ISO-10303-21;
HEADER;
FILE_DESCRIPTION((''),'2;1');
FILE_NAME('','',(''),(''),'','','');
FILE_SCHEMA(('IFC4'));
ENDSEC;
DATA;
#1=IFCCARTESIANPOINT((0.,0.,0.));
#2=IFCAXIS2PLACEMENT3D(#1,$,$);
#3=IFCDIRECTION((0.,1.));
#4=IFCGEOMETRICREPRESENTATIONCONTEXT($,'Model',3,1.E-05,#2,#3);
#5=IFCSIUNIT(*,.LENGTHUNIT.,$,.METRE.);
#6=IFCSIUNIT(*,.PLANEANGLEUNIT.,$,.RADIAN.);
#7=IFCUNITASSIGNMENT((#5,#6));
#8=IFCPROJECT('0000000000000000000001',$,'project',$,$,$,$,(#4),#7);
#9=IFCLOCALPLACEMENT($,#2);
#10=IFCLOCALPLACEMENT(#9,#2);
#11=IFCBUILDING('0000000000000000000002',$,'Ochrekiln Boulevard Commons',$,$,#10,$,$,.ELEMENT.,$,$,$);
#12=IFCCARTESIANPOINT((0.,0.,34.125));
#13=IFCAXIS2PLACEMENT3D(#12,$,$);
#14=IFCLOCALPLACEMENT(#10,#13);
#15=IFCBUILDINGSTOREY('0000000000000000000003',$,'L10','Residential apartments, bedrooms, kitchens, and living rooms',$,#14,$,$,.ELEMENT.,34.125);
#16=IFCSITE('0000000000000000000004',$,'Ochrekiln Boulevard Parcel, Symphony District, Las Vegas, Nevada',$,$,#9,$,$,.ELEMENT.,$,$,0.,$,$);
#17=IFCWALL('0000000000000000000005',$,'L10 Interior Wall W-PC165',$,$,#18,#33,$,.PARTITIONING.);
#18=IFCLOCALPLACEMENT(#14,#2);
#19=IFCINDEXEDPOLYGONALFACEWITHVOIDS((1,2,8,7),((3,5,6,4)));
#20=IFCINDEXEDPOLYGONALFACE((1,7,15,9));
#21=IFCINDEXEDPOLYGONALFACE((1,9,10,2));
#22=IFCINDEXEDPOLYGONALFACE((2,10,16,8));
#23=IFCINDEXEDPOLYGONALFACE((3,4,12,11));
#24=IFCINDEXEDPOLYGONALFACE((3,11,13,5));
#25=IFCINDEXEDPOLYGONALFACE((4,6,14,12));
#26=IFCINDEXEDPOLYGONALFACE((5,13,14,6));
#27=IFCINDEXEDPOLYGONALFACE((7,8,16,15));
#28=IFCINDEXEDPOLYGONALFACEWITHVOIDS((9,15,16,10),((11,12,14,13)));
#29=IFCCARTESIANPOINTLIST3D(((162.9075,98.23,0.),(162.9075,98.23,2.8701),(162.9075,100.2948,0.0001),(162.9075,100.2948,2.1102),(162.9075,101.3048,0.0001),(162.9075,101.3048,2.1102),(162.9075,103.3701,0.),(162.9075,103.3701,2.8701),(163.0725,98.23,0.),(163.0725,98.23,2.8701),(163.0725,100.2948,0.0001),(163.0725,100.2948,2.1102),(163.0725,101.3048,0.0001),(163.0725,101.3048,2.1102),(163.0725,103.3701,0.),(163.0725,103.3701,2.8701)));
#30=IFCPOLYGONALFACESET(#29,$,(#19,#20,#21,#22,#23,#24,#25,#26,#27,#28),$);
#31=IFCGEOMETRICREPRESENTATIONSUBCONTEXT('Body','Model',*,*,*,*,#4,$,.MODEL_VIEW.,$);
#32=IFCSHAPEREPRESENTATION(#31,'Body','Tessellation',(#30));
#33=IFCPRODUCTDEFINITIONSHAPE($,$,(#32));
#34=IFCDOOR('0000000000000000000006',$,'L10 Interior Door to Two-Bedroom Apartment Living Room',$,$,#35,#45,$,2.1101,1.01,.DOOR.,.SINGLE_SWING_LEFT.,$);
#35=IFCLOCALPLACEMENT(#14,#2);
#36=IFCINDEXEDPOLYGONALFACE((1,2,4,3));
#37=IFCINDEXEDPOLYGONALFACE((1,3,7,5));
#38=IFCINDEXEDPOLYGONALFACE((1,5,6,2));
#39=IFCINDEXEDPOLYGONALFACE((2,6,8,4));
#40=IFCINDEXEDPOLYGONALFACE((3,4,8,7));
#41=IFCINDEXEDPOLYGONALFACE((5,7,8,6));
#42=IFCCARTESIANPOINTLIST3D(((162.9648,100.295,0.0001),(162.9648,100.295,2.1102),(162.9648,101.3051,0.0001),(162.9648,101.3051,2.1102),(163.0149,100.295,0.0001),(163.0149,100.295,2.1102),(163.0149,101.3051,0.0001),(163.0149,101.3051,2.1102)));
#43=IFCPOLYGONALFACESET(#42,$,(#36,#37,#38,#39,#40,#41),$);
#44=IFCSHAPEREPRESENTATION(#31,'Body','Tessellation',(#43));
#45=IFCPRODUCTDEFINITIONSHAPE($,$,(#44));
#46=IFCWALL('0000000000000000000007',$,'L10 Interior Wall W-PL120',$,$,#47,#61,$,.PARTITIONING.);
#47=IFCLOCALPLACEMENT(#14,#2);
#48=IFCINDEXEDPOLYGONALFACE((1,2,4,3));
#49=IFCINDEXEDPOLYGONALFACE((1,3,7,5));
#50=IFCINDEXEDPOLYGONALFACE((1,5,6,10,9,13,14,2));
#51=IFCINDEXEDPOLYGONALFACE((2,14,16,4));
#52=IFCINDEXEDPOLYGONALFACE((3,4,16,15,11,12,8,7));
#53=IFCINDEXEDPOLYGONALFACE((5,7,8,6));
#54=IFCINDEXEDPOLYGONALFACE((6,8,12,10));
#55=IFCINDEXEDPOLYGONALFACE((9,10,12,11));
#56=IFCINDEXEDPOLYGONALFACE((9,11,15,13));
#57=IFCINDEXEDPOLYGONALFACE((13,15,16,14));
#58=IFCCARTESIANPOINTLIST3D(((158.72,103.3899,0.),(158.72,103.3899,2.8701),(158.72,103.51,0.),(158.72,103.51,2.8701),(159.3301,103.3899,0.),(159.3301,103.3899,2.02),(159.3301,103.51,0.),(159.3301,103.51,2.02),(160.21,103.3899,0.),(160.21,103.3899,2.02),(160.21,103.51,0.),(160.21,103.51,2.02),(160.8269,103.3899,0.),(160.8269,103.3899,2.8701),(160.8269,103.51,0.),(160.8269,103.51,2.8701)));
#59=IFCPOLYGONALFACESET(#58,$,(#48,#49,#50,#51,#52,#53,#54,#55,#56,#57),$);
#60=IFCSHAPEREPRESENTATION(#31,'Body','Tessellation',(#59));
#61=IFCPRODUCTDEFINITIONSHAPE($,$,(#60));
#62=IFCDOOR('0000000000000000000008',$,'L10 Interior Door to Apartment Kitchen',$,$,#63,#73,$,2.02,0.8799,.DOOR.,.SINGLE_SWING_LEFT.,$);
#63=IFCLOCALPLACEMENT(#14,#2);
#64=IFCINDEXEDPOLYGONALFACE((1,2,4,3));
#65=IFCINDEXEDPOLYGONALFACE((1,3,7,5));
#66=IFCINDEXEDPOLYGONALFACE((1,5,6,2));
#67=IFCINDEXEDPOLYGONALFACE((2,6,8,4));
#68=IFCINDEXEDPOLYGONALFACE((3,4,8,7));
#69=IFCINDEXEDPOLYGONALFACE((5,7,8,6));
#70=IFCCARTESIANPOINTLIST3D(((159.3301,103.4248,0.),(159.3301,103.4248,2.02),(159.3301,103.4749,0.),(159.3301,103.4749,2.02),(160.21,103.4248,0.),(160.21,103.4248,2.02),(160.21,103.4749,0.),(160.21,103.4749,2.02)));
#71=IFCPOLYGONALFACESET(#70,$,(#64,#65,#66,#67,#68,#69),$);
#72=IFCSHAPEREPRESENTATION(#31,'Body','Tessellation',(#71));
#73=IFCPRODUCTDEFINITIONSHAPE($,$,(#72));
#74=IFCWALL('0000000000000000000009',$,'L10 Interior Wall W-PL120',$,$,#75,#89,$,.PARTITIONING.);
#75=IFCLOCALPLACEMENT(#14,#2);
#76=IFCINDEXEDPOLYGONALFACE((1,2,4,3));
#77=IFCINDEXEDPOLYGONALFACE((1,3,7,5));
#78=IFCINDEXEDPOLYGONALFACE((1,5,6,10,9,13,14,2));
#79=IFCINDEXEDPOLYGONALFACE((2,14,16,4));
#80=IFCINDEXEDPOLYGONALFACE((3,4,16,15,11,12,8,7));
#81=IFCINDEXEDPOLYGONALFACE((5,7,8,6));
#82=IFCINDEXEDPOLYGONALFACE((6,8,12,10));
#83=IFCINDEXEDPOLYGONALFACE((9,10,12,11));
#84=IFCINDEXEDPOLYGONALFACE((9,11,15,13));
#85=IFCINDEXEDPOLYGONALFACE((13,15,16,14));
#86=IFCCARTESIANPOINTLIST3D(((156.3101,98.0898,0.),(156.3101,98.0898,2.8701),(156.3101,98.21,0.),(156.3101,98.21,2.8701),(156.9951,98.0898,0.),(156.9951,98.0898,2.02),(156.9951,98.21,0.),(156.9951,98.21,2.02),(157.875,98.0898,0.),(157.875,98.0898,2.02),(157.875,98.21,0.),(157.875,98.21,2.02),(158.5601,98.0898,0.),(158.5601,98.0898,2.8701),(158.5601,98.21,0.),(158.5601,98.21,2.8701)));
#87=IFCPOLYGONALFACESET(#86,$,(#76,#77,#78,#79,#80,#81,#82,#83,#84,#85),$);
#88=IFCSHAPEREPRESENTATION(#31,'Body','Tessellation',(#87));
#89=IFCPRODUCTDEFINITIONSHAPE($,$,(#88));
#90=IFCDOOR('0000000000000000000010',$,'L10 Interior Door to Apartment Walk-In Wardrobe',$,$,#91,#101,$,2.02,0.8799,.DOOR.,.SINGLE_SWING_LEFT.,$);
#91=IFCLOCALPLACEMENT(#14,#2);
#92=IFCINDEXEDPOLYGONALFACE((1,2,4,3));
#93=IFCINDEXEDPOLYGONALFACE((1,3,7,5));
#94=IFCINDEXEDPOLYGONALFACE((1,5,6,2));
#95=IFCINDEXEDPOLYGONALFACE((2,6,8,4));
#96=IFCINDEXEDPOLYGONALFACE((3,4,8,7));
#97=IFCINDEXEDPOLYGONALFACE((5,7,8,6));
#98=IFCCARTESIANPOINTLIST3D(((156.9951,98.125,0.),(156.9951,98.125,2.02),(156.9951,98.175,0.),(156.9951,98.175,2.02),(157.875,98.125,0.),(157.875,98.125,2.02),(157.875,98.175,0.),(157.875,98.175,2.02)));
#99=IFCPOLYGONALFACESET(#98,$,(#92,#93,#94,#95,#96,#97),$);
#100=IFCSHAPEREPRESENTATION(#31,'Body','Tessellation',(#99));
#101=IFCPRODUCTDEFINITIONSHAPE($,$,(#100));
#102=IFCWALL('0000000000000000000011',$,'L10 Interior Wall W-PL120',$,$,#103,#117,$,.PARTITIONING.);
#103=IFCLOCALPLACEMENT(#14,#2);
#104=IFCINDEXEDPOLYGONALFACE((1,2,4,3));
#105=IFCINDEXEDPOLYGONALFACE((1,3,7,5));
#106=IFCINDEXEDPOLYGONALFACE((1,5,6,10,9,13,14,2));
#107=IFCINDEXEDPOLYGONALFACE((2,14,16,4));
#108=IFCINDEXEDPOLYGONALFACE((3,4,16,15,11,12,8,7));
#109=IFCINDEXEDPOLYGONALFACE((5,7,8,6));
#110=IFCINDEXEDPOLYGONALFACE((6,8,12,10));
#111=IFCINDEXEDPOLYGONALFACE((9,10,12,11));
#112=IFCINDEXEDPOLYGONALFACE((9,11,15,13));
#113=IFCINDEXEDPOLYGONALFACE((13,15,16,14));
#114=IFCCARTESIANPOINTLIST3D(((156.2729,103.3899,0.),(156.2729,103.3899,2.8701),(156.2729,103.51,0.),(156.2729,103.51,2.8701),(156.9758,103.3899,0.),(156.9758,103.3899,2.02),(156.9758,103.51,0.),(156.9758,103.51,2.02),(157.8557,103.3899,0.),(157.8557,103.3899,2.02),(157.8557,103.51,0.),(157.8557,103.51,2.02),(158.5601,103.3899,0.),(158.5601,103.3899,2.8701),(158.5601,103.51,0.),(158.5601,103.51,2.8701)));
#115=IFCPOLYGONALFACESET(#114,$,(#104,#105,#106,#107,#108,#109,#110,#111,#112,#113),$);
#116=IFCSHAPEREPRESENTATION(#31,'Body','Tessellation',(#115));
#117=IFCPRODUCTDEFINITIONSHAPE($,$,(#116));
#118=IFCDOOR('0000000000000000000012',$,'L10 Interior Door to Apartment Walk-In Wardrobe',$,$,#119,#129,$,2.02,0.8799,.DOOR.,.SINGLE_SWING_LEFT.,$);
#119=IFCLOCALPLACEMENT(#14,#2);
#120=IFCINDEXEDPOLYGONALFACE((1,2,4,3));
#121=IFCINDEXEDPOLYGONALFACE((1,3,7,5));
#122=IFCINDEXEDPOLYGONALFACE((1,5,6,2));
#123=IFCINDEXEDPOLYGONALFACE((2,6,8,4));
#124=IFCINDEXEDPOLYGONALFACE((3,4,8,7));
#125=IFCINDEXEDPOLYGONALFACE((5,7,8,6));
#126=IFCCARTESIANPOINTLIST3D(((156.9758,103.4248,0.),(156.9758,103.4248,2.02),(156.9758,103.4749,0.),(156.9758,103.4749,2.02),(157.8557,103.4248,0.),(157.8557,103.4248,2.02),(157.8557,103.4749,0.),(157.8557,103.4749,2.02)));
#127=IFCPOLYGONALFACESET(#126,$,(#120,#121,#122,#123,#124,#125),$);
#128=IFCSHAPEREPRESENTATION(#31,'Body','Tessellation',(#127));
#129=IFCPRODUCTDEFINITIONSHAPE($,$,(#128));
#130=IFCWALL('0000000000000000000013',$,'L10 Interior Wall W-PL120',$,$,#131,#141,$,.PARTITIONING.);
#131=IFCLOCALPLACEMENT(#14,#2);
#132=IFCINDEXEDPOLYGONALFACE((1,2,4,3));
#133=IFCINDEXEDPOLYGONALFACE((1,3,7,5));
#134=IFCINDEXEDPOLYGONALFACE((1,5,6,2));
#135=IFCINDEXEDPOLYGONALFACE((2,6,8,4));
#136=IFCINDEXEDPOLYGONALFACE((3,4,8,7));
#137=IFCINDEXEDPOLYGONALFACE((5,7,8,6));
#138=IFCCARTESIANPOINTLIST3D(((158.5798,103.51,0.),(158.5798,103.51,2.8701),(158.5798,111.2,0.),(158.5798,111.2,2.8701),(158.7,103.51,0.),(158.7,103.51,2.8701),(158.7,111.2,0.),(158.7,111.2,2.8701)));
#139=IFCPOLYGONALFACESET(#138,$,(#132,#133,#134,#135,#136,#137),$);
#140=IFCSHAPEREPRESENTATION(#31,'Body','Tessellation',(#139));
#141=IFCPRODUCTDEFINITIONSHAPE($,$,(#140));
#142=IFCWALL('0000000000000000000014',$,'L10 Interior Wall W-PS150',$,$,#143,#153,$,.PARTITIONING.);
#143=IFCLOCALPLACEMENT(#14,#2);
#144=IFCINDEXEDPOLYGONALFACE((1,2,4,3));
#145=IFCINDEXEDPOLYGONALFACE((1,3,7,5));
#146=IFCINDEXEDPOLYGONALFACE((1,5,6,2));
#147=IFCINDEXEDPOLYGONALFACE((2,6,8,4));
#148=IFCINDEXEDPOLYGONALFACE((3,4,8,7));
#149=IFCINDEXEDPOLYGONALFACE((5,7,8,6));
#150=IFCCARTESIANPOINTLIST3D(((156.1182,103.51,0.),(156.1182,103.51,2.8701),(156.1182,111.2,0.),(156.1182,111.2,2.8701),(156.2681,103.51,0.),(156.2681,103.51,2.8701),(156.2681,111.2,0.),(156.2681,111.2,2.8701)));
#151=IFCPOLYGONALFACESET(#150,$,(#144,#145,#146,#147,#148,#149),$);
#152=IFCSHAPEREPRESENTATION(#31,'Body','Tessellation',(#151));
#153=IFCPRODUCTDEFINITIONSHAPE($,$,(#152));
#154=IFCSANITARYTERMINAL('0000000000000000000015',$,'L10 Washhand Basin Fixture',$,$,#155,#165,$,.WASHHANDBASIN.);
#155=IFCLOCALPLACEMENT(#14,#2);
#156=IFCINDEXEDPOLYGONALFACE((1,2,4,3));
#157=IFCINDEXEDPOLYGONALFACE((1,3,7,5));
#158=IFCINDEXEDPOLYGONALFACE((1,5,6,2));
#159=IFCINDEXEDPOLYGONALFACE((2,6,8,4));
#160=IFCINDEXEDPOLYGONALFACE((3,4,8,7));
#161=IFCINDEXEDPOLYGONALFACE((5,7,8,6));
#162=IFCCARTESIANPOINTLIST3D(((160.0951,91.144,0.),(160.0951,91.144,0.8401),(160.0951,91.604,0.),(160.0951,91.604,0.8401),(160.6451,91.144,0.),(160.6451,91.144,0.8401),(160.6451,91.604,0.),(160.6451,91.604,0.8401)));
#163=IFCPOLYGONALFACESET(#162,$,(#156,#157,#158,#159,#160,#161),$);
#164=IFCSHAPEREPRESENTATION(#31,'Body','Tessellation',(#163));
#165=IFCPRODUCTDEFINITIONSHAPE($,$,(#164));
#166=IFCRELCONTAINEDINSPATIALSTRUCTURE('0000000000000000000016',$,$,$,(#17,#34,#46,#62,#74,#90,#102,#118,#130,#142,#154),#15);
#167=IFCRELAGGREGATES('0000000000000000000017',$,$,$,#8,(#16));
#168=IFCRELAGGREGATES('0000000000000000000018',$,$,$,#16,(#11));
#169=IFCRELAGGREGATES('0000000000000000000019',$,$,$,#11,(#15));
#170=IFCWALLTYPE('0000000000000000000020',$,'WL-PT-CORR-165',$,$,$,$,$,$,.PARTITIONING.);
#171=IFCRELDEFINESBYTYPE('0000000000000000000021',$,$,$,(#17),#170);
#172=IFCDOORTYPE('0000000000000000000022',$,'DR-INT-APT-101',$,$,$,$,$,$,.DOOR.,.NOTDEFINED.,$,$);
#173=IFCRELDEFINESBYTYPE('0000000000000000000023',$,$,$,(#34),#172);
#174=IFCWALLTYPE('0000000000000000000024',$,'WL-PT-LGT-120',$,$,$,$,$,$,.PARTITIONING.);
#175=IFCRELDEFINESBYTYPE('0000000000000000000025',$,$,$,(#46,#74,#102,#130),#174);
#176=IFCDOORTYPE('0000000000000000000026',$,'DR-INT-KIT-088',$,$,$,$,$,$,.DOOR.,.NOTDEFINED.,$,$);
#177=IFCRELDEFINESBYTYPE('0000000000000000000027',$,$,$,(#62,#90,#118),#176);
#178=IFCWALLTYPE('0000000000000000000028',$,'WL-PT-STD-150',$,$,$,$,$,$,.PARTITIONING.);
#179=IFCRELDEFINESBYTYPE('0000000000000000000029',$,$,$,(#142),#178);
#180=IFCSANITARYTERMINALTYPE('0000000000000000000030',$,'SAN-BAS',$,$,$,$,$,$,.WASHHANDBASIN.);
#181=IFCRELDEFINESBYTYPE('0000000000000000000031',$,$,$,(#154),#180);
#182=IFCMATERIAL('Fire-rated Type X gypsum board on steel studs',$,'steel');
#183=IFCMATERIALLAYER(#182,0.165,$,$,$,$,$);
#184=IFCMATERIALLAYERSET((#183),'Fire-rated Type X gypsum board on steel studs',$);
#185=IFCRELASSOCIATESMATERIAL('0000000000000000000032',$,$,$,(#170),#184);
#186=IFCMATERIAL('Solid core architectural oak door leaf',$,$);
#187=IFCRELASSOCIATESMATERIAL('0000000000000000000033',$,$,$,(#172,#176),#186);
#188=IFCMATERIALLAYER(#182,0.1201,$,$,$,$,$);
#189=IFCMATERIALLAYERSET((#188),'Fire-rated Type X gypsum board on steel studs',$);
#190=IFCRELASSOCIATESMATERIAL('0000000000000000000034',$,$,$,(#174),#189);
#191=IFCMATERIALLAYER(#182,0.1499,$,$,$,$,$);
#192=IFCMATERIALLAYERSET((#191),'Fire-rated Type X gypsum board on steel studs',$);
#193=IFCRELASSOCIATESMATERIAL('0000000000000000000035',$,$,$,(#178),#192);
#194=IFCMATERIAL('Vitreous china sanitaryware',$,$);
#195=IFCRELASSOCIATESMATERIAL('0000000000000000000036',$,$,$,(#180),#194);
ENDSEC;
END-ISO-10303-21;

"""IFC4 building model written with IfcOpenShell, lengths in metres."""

from ifc_helpers import new_model, si_unit, direction, frame, frame_2d, origin, origin_2d, place, context, subcontext, project, spatial, rectangle, extrude, material, layer, layer_set, type_object, element, fill, save


model = new_model("IFC4")

# Units and contexts
model_context = context("Model", 3, precision=1e-05, world=origin(), true_north=direction((0.0, 1.0)))
body_context = subcontext(model_context, "Body", "Model", "MODEL_VIEW")
ifc_project = project(units=[si_unit("LENGTHUNIT", "METRE"), si_unit("PLANEANGLEUNIT", "RADIAN")], contexts=[model_context])

# Site, building, storey
site_placement = place(None, origin())
site = spatial("IfcSite", under=ifc_project, at=site_placement, Name="Ochrekiln Boulevard Parcel, Symphony District, Las Vegas, Nevada", CompositionType="ELEMENT", RefElevation=0.0)
building_placement = place(site_placement, origin())
building = spatial("IfcBuilding", under=site, at=building_placement, Name="Ochrekiln Boulevard Commons", CompositionType="ELEMENT")
storey_placement = place(building_placement, frame((0.0, 0.0, 34.125)))
storey = spatial("IfcBuildingStorey", under=building, at=storey_placement, Name="L10", Description="Residential apartments, bedrooms, kitchens, and living rooms", CompositionType="ELEMENT", Elevation=34.125)

# Shared definitions
ifc_material_1 = material(Name="Solid core architectural oak door leaf")

# Walls, openings, doors
ifc_material_2 = material(Name="Fire-rated Type X gypsum board on steel studs", Category="steel")
ifc_layer_1 = layer(ifc_material_2, 0.165)
ifc_layer_set_1 = layer_set([ifc_layer_1], Name="Fire-rated Type X gypsum board on steel studs")
wall_type_1 = type_object("IfcWallType", Name="WL-PT-CORR-165", PredefinedType="PARTITIONING", material=ifc_layer_set_1)
door_type_1 = type_object("IfcDoorType", Name="DR-INT-APT-101", OperationType="NOTDEFINED", PredefinedType="DOOR", material=ifc_material_1)
wall_1_placement = place(storey_placement, frame((162.99, 98.23, 0.0), z_axis=(0.0, 0.0, 1.0), x_axis=(0.0, 1.0, 0.0)))
wall_1 = element("IfcWall", 1, at=wall_1_placement, inside=storey, type_object=wall_type_1, Name="L10 Interior Wall W-PC165", PredefinedType="PARTITIONING", context=body_context, shape_type="SweptSolid", body=[
    extrude(rectangle(XDim=5.1401, YDim=0.165, at=frame_2d((2.5701, 0.0))), origin(), (0.0, 0.0, 1.0), 2.8701),
])
opening_1_placement = place(wall_1_placement, frame((2.0649, 0.0, 0.0)))
opening_1 = element("IfcOpeningElement", 2, at=opening_1_placement, cuts=wall_1, PredefinedType="OPENING", context=body_context, shape_type="SweptSolid", body=[
    extrude(rectangle(XDim=1.01, YDim=2.1101, at=frame_2d((0.5049, 1.0552))), frame((0.0, 0.0925, 0.0), z_axis=(0.0, -1.0, 0.0), x_axis=(1.0, 0.0, 0.0)), (0.0, 0.0, 1.0), 0.1851),
])
door_1_placement = place(opening_1_placement, frame((1.01, 0.0, 0.0), z_axis=(0.0, 0.0, 1.0), x_axis=(-1.0, 0.0, 0.0)))
door_1 = element("IfcDoor", 3, at=door_1_placement, inside=storey, type_object=door_type_1, Name="L10 Interior Door to Two-Bedroom Apartment Living Room", OperationType="SINGLE_SWING_LEFT", OverallHeight=2.1101, OverallWidth=1.01, PredefinedType="DOOR", context=body_context, shape_type="SweptSolid", body=[
    extrude(rectangle(XDim=1.01, YDim=2.1101, at=frame_2d((0.5049, 1.0552))), frame((0.0, 0.0249, 0.0), z_axis=(0.0, -1.0, 0.0), x_axis=(1.0, 0.0, 0.0)), (0.0, 0.0, 1.0), 0.05),
])
fill(opening_1, door_1)
ifc_layer_2 = layer(ifc_material_2, 0.1201)
ifc_layer_set_2 = layer_set([ifc_layer_2], Name="Fire-rated Type X gypsum board on steel studs")
wall_type_2 = type_object("IfcWallType", Name="WL-PT-LGT-120", PredefinedType="PARTITIONING", material=ifc_layer_set_2)
wall_2_placement = place(storey_placement, frame((158.72, 103.45, 0.0), z_axis=(0.0, 0.0, 1.0), x_axis=(1.0, 0.0, 0.0)))
wall_2 = element("IfcWall", 4, at=wall_2_placement, inside=storey, type_object=wall_type_2, Name="L10 Interior Wall W-PL120", PredefinedType="PARTITIONING", context=body_context, shape_type="SweptSolid", body=[
    extrude(rectangle(XDim=2.1069, YDim=0.1201, at=frame_2d((1.0535, 0.0))), origin(), (0.0, 0.0, 1.0), 2.8701),
])
opening_2_placement = place(wall_2_placement, frame((0.6101, 0.0, 0.0)))
opening_2 = element("IfcOpeningElement", 5, at=opening_2_placement, cuts=wall_2, PredefinedType="OPENING", context=body_context, shape_type="SweptSolid", body=[
    extrude(rectangle(XDim=0.8799, YDim=2.02, at=frame_2d((0.4399, 1.01))), frame((0.0, 0.0701, 0.0), z_axis=(0.0, -1.0, 0.0), x_axis=(1.0, 0.0, 0.0)), (0.0, 0.0, 1.0), 0.1401),
])
door_type_2 = type_object("IfcDoorType", Name="DR-INT-KIT-088", OperationType="NOTDEFINED", PredefinedType="DOOR", material=ifc_material_1)
door_2_placement = place(opening_2_placement, origin())
door_2 = element("IfcDoor", 6, at=door_2_placement, inside=storey, type_object=door_type_2, Name="L10 Interior Door to Apartment Kitchen", OperationType="SINGLE_SWING_LEFT", OverallHeight=2.02, OverallWidth=0.8799, PredefinedType="DOOR", context=body_context, shape_type="SweptSolid", body=[
    extrude(rectangle(XDim=0.8799, YDim=2.02, at=frame_2d((0.4399, 1.01))), frame((0.0, 0.0249, 0.0), z_axis=(0.0, -1.0, 0.0), x_axis=(1.0, 0.0, 0.0)), (0.0, 0.0, 1.0), 0.05),
])
fill(opening_2, door_2)
wall_3_placement = place(storey_placement, frame((156.3101, 98.1499, 0.0), z_axis=(0.0, 0.0, 1.0), x_axis=(1.0, 0.0, 0.0)))
wall_3 = element("IfcWall", 7, at=wall_3_placement, inside=storey, type_object=wall_type_2, Name="L10 Interior Wall W-PL120", PredefinedType="PARTITIONING", context=body_context, shape_type="SweptSolid", body=[
    extrude(rectangle(XDim=2.25, YDim=0.1201, at=frame_2d((1.125, 0.0))), origin(), (0.0, 0.0, 1.0), 2.8701),
])
opening_3_placement = place(wall_3_placement, frame((0.6851, 0.0, 0.0)))
opening_3 = element("IfcOpeningElement", 8, at=opening_3_placement, cuts=wall_3, PredefinedType="OPENING", context=body_context, shape_type="SweptSolid", body=[
    extrude(rectangle(XDim=0.8799, YDim=2.02, at=frame_2d((0.4399, 1.01))), frame((0.0, 0.0701, 0.0), z_axis=(0.0, -1.0, 0.0), x_axis=(1.0, 0.0, 0.0)), (0.0, 0.0, 1.0), 0.1401),
])
door_3_placement = place(opening_3_placement, frame((0.8799, 0.0, 0.0), z_axis=(0.0, 0.0, 1.0), x_axis=(-1.0, 0.0, 0.0)))
door_3 = element("IfcDoor", 9, at=door_3_placement, inside=storey, type_object=door_type_2, Name="L10 Interior Door to Apartment Walk-In Wardrobe", OperationType="SINGLE_SWING_LEFT", OverallHeight=2.02, OverallWidth=0.8799, PredefinedType="DOOR", context=body_context, shape_type="SweptSolid", body=[
    extrude(rectangle(XDim=0.8799, YDim=2.02, at=frame_2d((0.4399, 1.01))), frame((0.0, 0.0249, 0.0), z_axis=(0.0, -1.0, 0.0), x_axis=(1.0, 0.0, 0.0)), (0.0, 0.0, 1.0), 0.05),
])
fill(opening_3, door_3)
wall_4_placement = place(storey_placement, frame((156.2729, 103.45, 0.0), z_axis=(0.0, 0.0, 1.0), x_axis=(1.0, 0.0, 0.0)))
wall_4 = element("IfcWall", 10, at=wall_4_placement, inside=storey, type_object=wall_type_2, Name="L10 Interior Wall W-PL120", PredefinedType="PARTITIONING", context=body_context, shape_type="SweptSolid", body=[
    extrude(rectangle(XDim=2.2871, YDim=0.1201, at=frame_2d((1.1436, 0.0))), origin(), (0.0, 0.0, 1.0), 2.8701),
])
opening_4_placement = place(wall_4_placement, frame((0.7029, 0.0, 0.0)))
opening_4 = element("IfcOpeningElement", 11, at=opening_4_placement, cuts=wall_4, PredefinedType="OPENING", context=body_context, shape_type="SweptSolid", body=[
    extrude(rectangle(XDim=0.8799, YDim=2.02, at=frame_2d((0.4399, 1.01))), frame((0.0, 0.0701, 0.0), z_axis=(0.0, -1.0, 0.0), x_axis=(1.0, 0.0, 0.0)), (0.0, 0.0, 1.0), 0.1401),
])
door_4_placement = place(opening_4_placement, origin())
door_4 = element("IfcDoor", 12, at=door_4_placement, inside=storey, type_object=door_type_2, Name="L10 Interior Door to Apartment Walk-In Wardrobe", OperationType="SINGLE_SWING_LEFT", OverallHeight=2.02, OverallWidth=0.8799, PredefinedType="DOOR", context=body_context, shape_type="SweptSolid", body=[
    extrude(rectangle(XDim=0.8799, YDim=2.02, at=frame_2d((0.4399, 1.01))), frame((0.0, 0.0249, 0.0), z_axis=(0.0, -1.0, 0.0), x_axis=(1.0, 0.0, 0.0)), (0.0, 0.0, 1.0), 0.05),
])
fill(opening_4, door_4)

# Walls
wall_5_placement = place(storey_placement, frame((158.6399, 103.51, 0.0), z_axis=(0.0, 0.0, 1.0), x_axis=(0.0, 1.0, 0.0)))
element("IfcWall", 13, at=wall_5_placement, inside=storey, type_object=wall_type_2, Name="L10 Interior Wall W-PL120", PredefinedType="PARTITIONING", context=body_context, shape_type="SweptSolid", body=[
    extrude(rectangle(XDim=7.6899, YDim=0.1201, at=frame_2d((3.845, 0.0))), origin(), (0.0, 0.0, 1.0), 2.8701),
])
ifc_layer_3 = layer(ifc_material_2, 0.1499)
ifc_layer_set_3 = layer_set([ifc_layer_3], Name="Fire-rated Type X gypsum board on steel studs")
wall_type_3 = type_object("IfcWallType", Name="WL-PT-STD-150", PredefinedType="PARTITIONING", material=ifc_layer_set_3)
wall_6_placement = place(storey_placement, frame((156.1931, 103.51, 0.0), z_axis=(0.0, 0.0, 1.0), x_axis=(0.0, 1.0, 0.0)))
element("IfcWall", 14, at=wall_6_placement, inside=storey, type_object=wall_type_3, Name="L10 Interior Wall W-PS150", PredefinedType="PARTITIONING", context=body_context, shape_type="SweptSolid", body=[
    extrude(rectangle(XDim=7.6899, YDim=0.1499, at=frame_2d((3.845, 0.0))), origin(), (0.0, 0.0, 1.0), 2.8701),
])

# Sanitary terminal
ifc_material_3 = material(Name="Vitreous china sanitaryware")
sanitary_terminal_type_1 = type_object("IfcSanitaryTerminalType", Name="SAN-BAS", PredefinedType="WASHHANDBASIN", material=ifc_material_3)
sanitary_terminal_1_placement = place(storey_placement, frame((160.3701, 91.374, 0.0), z_axis=(0.0, 0.0, 1.0), x_axis=(1.0, 0.0, 0.0)))
element("IfcSanitaryTerminal", 15, at=sanitary_terminal_1_placement, inside=storey, type_object=sanitary_terminal_type_1, Name="L10 Washhand Basin Fixture", PredefinedType="WASHHANDBASIN", context=body_context, shape_type="SweptSolid", body=[
    extrude(rectangle(XDim=0.55, YDim=0.46, at=origin_2d()), origin(), (0.0, 0.0, 1.0), 0.8401),
])

save(model, "model.ifc")
